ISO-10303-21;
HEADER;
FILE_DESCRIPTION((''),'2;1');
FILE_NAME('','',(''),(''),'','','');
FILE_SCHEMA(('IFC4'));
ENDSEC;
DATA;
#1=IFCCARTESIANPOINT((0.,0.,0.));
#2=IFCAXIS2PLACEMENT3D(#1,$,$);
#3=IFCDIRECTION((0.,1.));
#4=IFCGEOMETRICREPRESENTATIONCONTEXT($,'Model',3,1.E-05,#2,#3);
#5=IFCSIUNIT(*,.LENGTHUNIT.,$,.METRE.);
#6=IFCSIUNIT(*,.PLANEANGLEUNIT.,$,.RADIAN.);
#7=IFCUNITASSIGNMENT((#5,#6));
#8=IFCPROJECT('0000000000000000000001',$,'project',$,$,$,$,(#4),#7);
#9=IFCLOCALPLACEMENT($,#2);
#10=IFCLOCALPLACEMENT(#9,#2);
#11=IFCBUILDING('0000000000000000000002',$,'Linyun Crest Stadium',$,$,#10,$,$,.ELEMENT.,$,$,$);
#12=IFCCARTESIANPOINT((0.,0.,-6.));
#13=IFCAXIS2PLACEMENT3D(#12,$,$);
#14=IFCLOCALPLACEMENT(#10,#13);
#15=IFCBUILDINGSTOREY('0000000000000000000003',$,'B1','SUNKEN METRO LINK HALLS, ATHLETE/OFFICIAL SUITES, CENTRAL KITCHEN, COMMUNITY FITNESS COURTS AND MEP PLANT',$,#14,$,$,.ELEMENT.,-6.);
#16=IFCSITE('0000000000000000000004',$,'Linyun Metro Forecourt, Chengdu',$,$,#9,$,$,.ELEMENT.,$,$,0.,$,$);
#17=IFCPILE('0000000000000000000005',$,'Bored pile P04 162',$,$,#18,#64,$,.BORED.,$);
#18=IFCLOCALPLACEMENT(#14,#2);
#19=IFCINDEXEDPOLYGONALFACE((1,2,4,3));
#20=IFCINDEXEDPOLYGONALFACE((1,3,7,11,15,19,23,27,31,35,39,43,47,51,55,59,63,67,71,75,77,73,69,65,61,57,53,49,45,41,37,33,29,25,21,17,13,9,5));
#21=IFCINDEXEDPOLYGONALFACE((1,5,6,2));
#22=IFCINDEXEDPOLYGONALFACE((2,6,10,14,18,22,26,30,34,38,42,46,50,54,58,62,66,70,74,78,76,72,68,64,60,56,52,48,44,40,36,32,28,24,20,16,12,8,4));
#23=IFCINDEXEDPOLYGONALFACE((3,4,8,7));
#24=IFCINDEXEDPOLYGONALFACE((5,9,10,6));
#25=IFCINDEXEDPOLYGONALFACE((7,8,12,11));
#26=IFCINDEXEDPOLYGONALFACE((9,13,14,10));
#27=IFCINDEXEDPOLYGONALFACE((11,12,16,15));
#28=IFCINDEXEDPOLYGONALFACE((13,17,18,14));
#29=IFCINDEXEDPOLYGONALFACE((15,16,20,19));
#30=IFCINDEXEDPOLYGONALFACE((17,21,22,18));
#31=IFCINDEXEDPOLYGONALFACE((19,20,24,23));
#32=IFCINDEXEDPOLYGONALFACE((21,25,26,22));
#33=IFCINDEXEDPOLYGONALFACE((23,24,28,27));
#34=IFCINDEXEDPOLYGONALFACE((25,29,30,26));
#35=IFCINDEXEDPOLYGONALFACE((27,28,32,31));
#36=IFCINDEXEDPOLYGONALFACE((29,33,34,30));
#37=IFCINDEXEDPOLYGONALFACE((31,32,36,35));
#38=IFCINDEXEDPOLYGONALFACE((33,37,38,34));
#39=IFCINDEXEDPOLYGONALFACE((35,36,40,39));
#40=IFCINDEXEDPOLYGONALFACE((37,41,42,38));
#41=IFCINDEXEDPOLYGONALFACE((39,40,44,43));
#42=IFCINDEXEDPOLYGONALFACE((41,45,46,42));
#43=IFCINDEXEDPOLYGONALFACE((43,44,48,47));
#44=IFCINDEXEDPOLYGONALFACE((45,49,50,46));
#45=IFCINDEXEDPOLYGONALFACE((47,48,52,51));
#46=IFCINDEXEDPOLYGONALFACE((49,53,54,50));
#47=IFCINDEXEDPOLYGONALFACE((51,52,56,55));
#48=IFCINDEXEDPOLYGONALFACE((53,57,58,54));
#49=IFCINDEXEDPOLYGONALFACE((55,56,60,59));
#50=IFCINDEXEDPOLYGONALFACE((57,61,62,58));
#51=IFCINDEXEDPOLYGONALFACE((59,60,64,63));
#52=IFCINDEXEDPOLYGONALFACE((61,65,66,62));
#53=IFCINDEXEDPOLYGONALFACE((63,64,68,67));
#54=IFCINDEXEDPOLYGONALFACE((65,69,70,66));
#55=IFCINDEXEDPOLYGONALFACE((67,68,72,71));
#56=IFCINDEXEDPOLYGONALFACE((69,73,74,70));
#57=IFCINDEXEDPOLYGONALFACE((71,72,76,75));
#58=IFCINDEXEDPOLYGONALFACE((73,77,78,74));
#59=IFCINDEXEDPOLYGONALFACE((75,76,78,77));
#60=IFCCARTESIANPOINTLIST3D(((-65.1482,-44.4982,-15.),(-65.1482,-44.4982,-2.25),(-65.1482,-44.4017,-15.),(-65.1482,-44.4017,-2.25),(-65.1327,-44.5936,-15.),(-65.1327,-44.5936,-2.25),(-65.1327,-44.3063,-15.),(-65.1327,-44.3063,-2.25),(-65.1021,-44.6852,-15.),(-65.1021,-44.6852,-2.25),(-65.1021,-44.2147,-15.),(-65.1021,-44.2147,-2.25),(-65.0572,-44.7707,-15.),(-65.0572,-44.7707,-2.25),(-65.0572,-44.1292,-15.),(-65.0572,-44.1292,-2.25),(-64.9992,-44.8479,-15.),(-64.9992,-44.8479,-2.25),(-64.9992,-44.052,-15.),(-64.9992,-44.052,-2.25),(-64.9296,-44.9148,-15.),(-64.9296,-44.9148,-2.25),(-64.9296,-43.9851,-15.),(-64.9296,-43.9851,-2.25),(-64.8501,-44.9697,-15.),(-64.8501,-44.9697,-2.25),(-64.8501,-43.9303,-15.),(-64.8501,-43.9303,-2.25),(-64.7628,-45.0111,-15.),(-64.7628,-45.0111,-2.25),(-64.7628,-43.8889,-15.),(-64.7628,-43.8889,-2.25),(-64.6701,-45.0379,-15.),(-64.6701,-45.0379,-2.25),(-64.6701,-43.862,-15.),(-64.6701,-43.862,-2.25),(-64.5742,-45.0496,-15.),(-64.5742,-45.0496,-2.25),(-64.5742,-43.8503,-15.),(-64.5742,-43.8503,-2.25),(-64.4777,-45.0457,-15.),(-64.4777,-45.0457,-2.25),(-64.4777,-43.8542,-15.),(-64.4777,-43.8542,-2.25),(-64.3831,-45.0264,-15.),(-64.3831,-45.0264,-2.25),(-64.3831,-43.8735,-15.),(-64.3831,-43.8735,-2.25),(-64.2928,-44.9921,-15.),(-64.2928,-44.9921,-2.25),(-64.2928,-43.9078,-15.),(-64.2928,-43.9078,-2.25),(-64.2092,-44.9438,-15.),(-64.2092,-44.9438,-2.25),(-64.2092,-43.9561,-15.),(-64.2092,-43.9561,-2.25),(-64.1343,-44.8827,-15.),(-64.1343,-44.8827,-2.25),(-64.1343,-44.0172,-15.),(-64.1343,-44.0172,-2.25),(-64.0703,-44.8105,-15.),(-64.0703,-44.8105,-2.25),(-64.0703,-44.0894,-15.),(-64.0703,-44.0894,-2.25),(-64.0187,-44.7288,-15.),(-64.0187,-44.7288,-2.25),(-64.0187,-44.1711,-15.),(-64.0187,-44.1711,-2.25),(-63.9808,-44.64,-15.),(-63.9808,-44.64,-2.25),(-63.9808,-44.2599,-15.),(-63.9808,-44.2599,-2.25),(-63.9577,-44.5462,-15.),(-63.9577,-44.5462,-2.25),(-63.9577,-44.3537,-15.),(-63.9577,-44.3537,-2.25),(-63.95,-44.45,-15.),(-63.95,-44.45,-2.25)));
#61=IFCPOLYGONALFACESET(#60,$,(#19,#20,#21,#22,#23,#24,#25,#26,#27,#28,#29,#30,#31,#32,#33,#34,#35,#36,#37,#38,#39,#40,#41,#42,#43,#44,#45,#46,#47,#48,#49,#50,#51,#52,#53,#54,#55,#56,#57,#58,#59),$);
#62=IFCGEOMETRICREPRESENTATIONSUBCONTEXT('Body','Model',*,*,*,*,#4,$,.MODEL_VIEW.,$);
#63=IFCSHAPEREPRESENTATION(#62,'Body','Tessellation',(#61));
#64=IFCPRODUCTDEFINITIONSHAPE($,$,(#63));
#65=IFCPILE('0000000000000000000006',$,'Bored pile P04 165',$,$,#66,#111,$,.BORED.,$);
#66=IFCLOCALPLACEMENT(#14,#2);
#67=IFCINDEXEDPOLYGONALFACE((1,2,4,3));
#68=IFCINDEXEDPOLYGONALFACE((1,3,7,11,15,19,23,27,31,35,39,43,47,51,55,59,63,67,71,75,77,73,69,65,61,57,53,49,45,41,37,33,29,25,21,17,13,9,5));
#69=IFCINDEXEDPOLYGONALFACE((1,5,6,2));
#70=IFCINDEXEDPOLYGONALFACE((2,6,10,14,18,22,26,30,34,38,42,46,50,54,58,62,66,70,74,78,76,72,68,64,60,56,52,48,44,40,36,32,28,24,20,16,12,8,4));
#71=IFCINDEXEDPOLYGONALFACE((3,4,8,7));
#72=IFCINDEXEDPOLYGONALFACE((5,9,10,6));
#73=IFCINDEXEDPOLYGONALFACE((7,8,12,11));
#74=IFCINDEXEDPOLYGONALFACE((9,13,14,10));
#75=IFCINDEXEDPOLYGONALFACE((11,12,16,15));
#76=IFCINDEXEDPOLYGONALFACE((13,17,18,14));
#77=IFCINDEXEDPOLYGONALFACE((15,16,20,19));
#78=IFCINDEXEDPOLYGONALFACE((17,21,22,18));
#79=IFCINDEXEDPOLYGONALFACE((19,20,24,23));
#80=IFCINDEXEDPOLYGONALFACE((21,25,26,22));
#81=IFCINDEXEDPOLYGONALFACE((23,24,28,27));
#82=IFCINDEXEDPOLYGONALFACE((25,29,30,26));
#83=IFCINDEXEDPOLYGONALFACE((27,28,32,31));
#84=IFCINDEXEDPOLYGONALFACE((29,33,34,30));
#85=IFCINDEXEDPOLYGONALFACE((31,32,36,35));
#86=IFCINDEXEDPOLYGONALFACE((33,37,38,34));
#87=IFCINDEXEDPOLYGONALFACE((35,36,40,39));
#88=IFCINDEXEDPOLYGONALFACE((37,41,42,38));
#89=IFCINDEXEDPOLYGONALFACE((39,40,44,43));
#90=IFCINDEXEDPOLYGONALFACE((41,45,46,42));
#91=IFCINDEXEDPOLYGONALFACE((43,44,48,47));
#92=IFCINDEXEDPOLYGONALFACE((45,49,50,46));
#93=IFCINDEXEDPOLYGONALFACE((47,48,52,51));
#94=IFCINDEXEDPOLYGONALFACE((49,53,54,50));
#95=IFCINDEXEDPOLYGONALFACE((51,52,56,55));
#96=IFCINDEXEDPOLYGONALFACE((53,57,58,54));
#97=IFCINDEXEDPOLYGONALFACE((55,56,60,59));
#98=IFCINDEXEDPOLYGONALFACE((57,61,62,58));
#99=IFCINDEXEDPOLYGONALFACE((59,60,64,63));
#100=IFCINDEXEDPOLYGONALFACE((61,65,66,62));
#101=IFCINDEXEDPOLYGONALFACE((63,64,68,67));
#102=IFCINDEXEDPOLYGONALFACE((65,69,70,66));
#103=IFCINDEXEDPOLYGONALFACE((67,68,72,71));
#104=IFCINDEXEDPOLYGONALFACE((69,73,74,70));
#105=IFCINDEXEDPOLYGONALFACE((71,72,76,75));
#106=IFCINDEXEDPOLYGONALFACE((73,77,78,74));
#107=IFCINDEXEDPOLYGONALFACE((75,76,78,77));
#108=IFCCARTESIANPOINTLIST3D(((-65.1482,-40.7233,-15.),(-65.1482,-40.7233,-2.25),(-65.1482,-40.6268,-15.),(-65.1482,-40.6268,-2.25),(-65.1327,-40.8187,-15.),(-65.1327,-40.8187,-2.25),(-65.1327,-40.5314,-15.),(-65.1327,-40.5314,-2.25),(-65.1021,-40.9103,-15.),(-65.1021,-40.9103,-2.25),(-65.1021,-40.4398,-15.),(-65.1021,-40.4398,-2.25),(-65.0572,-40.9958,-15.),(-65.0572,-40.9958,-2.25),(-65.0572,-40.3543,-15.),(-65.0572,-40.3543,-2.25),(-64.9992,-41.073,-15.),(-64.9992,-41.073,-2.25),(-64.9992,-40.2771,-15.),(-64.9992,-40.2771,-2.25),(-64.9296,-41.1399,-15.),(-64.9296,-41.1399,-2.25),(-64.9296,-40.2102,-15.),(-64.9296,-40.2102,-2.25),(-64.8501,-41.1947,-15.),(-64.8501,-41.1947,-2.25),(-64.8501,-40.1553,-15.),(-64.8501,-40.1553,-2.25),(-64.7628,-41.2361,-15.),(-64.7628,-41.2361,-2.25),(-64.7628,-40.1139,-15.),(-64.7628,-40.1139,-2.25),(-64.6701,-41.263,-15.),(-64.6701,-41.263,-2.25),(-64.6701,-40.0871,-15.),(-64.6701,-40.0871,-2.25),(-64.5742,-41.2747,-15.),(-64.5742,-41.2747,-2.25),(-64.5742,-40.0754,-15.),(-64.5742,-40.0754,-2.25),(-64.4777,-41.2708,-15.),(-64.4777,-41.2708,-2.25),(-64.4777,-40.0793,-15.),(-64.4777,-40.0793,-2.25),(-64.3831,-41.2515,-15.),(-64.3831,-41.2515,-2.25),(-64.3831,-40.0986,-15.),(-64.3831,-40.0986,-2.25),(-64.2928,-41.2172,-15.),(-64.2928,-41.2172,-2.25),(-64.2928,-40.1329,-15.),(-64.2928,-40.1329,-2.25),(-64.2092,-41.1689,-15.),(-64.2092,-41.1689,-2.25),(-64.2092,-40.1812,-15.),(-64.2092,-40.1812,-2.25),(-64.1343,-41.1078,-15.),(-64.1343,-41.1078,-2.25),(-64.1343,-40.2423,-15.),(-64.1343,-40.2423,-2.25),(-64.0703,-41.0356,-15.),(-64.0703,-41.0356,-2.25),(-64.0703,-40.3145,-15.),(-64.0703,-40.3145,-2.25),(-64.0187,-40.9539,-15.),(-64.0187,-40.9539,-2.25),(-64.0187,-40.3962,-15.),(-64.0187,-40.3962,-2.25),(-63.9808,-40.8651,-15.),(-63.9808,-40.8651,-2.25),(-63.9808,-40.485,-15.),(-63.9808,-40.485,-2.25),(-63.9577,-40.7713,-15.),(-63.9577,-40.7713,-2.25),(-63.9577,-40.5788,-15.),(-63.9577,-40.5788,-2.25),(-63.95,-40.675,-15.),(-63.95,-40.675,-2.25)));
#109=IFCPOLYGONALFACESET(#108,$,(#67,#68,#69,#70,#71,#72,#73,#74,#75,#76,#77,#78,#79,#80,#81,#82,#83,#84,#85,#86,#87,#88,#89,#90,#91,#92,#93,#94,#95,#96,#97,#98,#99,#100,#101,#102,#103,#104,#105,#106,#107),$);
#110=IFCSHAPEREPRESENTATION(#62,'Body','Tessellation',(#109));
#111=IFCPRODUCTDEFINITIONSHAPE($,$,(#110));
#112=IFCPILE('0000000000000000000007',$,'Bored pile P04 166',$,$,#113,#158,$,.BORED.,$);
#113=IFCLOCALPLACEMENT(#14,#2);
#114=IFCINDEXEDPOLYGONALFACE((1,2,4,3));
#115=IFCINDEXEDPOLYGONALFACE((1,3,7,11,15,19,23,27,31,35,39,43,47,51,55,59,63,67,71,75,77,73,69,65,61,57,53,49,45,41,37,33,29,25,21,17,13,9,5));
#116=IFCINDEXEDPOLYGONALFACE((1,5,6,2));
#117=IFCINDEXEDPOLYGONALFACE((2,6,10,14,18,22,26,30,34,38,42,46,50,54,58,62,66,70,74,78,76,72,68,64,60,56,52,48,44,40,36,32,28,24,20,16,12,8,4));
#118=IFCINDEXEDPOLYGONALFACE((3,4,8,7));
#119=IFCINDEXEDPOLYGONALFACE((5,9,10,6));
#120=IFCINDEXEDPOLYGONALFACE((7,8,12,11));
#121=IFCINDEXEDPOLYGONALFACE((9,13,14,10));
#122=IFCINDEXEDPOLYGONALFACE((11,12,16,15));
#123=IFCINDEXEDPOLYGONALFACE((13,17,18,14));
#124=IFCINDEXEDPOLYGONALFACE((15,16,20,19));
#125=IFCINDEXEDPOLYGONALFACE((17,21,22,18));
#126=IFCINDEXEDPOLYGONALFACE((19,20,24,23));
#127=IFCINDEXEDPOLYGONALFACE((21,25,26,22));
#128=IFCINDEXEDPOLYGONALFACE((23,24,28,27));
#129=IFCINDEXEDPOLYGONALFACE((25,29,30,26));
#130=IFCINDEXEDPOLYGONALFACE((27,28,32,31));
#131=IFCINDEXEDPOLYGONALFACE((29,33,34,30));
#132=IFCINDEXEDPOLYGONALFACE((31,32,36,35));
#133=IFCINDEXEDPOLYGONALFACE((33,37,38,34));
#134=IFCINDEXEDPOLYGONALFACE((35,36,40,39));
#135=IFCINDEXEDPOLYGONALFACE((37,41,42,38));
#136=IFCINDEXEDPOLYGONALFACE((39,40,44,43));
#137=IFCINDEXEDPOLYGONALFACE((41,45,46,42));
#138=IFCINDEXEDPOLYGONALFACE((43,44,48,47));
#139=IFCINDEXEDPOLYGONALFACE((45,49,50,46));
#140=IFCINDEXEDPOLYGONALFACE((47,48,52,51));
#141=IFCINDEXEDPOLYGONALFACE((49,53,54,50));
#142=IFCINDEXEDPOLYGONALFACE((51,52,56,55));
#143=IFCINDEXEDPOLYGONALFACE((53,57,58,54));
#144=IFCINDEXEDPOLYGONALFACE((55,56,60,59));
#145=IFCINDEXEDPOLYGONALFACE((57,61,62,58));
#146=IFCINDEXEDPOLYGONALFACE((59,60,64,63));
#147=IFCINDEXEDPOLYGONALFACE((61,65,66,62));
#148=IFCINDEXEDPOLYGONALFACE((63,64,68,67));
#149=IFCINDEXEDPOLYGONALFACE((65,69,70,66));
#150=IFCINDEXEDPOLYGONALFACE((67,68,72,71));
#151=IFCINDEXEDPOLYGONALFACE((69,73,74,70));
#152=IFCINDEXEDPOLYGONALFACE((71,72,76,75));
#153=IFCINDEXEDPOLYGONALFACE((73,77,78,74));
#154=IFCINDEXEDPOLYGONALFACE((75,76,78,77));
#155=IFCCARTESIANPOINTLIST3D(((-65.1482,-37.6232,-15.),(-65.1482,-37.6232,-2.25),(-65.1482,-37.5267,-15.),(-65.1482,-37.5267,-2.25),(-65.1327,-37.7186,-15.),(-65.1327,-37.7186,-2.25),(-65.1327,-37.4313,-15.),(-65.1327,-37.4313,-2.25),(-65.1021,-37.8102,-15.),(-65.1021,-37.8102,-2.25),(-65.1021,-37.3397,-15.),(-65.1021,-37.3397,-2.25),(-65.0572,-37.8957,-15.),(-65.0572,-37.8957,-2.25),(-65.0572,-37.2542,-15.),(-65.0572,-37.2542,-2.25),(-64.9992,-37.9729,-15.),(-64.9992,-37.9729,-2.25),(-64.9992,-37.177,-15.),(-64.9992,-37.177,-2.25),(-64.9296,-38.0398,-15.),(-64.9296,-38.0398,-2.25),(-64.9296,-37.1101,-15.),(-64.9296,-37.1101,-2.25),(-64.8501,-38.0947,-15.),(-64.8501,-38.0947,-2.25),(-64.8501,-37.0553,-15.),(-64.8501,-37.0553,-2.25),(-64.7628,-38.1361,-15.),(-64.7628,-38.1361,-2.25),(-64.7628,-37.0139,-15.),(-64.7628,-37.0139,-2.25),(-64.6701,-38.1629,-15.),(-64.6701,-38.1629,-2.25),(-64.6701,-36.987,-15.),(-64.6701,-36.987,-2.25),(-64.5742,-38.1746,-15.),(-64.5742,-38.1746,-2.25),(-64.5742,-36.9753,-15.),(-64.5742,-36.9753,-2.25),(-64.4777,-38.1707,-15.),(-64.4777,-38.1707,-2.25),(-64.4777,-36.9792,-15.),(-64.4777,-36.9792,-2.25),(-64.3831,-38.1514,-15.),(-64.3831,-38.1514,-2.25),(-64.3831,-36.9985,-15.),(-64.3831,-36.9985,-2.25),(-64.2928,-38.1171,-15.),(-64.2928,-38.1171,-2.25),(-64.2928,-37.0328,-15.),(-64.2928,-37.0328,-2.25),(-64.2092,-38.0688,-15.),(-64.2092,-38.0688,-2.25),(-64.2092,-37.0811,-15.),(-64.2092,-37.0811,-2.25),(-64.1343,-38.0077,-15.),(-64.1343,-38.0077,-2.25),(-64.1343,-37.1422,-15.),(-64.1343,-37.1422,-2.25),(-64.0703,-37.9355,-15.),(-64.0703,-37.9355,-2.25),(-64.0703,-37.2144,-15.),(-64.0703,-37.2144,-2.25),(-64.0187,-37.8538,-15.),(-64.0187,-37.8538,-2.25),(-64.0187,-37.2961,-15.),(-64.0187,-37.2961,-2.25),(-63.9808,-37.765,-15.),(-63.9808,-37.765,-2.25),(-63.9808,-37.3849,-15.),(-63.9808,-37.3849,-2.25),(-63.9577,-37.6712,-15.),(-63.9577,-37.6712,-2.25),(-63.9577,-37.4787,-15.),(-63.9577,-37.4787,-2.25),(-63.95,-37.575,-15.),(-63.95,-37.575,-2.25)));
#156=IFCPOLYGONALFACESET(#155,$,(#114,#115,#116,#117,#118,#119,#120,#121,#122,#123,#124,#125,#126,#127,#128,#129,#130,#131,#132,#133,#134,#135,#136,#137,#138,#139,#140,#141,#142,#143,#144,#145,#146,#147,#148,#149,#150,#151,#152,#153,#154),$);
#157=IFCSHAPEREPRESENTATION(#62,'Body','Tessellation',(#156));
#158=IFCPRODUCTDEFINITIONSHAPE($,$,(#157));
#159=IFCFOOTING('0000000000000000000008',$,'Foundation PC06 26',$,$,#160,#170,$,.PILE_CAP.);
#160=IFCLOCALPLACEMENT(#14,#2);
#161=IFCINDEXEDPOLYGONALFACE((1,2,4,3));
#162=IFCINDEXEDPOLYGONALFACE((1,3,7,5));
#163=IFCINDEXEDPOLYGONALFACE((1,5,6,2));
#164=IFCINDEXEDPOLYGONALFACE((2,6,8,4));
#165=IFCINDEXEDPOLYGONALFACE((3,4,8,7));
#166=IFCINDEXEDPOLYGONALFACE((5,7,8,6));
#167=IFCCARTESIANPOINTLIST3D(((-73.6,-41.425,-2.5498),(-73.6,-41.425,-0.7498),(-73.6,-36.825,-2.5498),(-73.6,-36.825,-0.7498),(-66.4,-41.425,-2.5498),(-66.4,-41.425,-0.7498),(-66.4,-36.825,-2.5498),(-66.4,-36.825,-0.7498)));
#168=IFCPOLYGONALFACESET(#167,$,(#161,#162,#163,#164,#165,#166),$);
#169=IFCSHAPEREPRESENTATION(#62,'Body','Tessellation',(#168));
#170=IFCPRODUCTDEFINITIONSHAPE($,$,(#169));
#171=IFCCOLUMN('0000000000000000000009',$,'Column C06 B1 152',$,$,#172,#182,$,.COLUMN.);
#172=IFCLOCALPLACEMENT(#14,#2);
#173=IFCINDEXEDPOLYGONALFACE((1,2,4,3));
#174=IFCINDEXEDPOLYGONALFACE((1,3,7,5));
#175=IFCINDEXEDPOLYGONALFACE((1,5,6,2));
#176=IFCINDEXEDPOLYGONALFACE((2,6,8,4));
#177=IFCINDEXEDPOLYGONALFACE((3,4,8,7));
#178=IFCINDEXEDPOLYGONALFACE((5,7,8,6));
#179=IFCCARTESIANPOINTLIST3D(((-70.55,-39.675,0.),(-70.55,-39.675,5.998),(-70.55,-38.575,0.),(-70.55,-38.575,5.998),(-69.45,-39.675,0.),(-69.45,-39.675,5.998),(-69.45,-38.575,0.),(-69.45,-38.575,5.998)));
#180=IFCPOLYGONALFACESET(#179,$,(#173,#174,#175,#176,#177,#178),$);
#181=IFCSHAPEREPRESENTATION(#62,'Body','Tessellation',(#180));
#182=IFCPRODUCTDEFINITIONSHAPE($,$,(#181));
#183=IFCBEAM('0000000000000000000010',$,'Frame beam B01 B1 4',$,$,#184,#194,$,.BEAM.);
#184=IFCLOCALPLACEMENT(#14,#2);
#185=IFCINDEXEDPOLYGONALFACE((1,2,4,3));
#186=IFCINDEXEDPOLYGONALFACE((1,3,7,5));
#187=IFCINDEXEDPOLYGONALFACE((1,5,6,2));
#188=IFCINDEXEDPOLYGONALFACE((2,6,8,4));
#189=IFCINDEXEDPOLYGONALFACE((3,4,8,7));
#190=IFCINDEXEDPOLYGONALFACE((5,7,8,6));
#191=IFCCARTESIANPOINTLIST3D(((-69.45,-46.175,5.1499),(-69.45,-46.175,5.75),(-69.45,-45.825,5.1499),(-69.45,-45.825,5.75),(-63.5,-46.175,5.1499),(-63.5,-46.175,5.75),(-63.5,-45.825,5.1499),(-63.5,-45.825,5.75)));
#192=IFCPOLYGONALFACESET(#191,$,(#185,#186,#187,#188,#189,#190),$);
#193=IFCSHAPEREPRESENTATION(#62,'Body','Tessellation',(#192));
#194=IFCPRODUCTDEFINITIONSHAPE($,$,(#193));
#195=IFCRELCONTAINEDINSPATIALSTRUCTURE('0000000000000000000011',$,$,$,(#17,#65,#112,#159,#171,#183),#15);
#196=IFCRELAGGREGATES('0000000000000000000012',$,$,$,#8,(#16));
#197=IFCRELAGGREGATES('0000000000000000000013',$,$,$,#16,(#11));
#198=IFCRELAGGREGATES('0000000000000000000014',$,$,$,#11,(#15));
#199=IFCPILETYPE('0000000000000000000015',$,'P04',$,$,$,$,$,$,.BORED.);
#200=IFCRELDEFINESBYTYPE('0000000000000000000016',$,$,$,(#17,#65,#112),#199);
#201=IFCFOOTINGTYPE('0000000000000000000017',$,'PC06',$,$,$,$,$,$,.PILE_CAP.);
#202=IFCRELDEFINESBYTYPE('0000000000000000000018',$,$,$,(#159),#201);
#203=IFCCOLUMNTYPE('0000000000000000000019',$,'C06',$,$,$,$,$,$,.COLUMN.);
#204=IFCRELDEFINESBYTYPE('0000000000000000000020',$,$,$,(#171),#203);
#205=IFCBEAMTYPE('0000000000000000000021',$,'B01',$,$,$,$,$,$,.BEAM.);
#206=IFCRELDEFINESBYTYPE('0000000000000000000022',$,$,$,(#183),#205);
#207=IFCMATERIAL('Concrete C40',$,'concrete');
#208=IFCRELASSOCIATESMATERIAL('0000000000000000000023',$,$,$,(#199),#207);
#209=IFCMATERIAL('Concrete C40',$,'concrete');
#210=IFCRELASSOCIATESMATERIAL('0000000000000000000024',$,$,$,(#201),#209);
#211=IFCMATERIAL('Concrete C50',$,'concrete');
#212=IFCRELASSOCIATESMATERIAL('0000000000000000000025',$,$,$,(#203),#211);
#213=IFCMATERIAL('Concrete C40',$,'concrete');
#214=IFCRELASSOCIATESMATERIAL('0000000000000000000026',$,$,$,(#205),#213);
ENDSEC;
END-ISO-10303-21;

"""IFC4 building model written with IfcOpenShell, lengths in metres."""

from ifc_helpers import new_model, si_unit, direction, frame, origin, origin_2d, place, context, subcontext, project, spatial, rectangle, circle, extrude, material, material_profile, profile_set, type_object, element, save


model = new_model("IFC4")

# Units and contexts
model_context = context("Model", 3, precision=1e-05, world=origin(), true_north=direction((0.0, 1.0)))
body_context = subcontext(model_context, "Body", "Model", "MODEL_VIEW")
ifc_project = project(units=[si_unit("LENGTHUNIT", "METRE"), si_unit("PLANEANGLEUNIT", "RADIAN")], contexts=[model_context])

# Site, building, storey
site_placement = place(None, origin())
site = spatial("IfcSite", under=ifc_project, at=site_placement, Name="Linyun Metro Forecourt, Chengdu", CompositionType="ELEMENT", RefElevation=0.0)
building_placement = place(site_placement, origin())
building = spatial("IfcBuilding", under=site, at=building_placement, Name="Linyun Crest Stadium", CompositionType="ELEMENT")
storey_placement = place(building_placement, frame((0.0, 0.0, -6.0)))
storey = spatial("IfcBuildingStorey", under=building, at=storey_placement, Name="B1", Description="SUNKEN METRO LINK HALLS, ATHLETE/OFFICIAL SUITES, CENTRAL KITCHEN, COMMUNITY FITNESS COURTS AND MEP PLANT", CompositionType="ELEMENT", Elevation=-6.0)

# Piles
ifc_material_1 = material(Name="Concrete C40", Category="concrete")
ifc_material_profile_1 = material_profile(ifc_material_1, circle(Radius=0.6001, at=origin_2d()), Name="BORED PILE 1200")
ifc_profile_set_1 = profile_set([ifc_material_profile_1], Name="Concrete C40")
pile_type = type_object("IfcPileType", Name="P04", PredefinedType="BORED", material=ifc_profile_set_1)
for number, where, z_axis, x_axis, name in (
    (1, (-64.55, -44.45, -2.25), (0.0, 0.0, -1.0), (1.0, 0.0, 0.0), "Bored pile P04 162"),
    (2, (-64.55, -40.675, -2.25), (0.0, 0.0, -1.0), (1.0, 0.0, 0.0), "Bored pile P04 165"),
    (3, (-64.55, -37.575, -2.25), (0.0, 0.0, -1.0), (1.0, 0.0, 0.0), "Bored pile P04 166"),
):
    element("IfcPile", number, at=place(storey_placement, frame(where, z_axis=z_axis, x_axis=x_axis)), inside=storey, type_object=pile_type, Name=name, PredefinedType="BORED", context=body_context, shape_type="SweptSolid", body=[
        extrude(circle(Radius=0.6001, at=origin_2d()), origin(), (0.0, 0.0, 1.0), 12.75),
    ])

# Footing
ifc_material_2 = material(Name="Concrete C40", Category="concrete")
footing_type = type_object("IfcFootingType", Name="PC06", PredefinedType="PILE_CAP", material=ifc_material_2)
footing_placement = place(storey_placement, frame((-70.0, -39.125, -2.5498), z_axis=(0.0, 0.0, 1.0), x_axis=(1.0, 0.0, 0.0)))
element("IfcFooting", 4, at=footing_placement, inside=storey, type_object=footing_type, Name="Foundation PC06 26", PredefinedType="PILE_CAP", context=body_context, shape_type="SweptSolid", body=[
    extrude(rectangle(XDim=7.2, YDim=4.6001, at=origin_2d()), origin(), (0.0, 0.0, 1.0), 1.8),
])

# Column
ifc_material_3 = material(Name="Concrete C50", Category="concrete")
ifc_material_profile_2 = material_profile(ifc_material_3, rectangle(XDim=1.1001, YDim=1.1001, at=origin_2d()), Name="RC 1100x1100")
ifc_profile_set_2 = profile_set([ifc_material_profile_2], Name="Concrete C50")
column_type = type_object("IfcColumnType", Name="C06", PredefinedType="COLUMN", material=ifc_profile_set_2)
column_placement = place(storey_placement, frame((-70.0, -39.125, 0.0), z_axis=(0.0, 0.0, 1.0), x_axis=(1.0, 0.0, 0.0)))
element("IfcColumn", 5, at=column_placement, inside=storey, type_object=column_type, Name="Column C06 B1 152", PredefinedType="COLUMN", context=body_context, shape_type="SweptSolid", body=[
    extrude(rectangle(XDim=1.1001, YDim=1.1001, at=origin_2d()), origin(), (0.0, 0.0, 1.0), 5.998),
])

# Beam
ifc_material_4 = material(Name="Concrete C40", Category="concrete")
ifc_material_profile_3 = material_profile(ifc_material_4, rectangle(XDim=0.3501, YDim=0.6001, at=origin_2d()), Name="RCB 600x350")
ifc_profile_set_3 = profile_set([ifc_material_profile_3], Name="Concrete C40")
beam_type_1 = type_object("IfcBeamType", Name="B01", PredefinedType="BEAM", material=ifc_profile_set_3)
beam_1_placement = place(storey_placement, frame((-69.45, -46.0, 5.45), z_axis=(1.0, 0.0, 0.0), x_axis=(0.0, 1.0, 0.0)))
element("IfcBeam", 6, at=beam_1_placement, inside=storey, type_object=beam_type_1, Name="Frame beam B01 B1 4", PredefinedType="BEAM", context=body_context, shape_type="SweptSolid", body=[
    extrude(rectangle(XDim=0.3501, YDim=0.6001, at=origin_2d()), origin(), (0.0, 0.0, 1.0), 5.95),
])

save(model, "model.ifc")
